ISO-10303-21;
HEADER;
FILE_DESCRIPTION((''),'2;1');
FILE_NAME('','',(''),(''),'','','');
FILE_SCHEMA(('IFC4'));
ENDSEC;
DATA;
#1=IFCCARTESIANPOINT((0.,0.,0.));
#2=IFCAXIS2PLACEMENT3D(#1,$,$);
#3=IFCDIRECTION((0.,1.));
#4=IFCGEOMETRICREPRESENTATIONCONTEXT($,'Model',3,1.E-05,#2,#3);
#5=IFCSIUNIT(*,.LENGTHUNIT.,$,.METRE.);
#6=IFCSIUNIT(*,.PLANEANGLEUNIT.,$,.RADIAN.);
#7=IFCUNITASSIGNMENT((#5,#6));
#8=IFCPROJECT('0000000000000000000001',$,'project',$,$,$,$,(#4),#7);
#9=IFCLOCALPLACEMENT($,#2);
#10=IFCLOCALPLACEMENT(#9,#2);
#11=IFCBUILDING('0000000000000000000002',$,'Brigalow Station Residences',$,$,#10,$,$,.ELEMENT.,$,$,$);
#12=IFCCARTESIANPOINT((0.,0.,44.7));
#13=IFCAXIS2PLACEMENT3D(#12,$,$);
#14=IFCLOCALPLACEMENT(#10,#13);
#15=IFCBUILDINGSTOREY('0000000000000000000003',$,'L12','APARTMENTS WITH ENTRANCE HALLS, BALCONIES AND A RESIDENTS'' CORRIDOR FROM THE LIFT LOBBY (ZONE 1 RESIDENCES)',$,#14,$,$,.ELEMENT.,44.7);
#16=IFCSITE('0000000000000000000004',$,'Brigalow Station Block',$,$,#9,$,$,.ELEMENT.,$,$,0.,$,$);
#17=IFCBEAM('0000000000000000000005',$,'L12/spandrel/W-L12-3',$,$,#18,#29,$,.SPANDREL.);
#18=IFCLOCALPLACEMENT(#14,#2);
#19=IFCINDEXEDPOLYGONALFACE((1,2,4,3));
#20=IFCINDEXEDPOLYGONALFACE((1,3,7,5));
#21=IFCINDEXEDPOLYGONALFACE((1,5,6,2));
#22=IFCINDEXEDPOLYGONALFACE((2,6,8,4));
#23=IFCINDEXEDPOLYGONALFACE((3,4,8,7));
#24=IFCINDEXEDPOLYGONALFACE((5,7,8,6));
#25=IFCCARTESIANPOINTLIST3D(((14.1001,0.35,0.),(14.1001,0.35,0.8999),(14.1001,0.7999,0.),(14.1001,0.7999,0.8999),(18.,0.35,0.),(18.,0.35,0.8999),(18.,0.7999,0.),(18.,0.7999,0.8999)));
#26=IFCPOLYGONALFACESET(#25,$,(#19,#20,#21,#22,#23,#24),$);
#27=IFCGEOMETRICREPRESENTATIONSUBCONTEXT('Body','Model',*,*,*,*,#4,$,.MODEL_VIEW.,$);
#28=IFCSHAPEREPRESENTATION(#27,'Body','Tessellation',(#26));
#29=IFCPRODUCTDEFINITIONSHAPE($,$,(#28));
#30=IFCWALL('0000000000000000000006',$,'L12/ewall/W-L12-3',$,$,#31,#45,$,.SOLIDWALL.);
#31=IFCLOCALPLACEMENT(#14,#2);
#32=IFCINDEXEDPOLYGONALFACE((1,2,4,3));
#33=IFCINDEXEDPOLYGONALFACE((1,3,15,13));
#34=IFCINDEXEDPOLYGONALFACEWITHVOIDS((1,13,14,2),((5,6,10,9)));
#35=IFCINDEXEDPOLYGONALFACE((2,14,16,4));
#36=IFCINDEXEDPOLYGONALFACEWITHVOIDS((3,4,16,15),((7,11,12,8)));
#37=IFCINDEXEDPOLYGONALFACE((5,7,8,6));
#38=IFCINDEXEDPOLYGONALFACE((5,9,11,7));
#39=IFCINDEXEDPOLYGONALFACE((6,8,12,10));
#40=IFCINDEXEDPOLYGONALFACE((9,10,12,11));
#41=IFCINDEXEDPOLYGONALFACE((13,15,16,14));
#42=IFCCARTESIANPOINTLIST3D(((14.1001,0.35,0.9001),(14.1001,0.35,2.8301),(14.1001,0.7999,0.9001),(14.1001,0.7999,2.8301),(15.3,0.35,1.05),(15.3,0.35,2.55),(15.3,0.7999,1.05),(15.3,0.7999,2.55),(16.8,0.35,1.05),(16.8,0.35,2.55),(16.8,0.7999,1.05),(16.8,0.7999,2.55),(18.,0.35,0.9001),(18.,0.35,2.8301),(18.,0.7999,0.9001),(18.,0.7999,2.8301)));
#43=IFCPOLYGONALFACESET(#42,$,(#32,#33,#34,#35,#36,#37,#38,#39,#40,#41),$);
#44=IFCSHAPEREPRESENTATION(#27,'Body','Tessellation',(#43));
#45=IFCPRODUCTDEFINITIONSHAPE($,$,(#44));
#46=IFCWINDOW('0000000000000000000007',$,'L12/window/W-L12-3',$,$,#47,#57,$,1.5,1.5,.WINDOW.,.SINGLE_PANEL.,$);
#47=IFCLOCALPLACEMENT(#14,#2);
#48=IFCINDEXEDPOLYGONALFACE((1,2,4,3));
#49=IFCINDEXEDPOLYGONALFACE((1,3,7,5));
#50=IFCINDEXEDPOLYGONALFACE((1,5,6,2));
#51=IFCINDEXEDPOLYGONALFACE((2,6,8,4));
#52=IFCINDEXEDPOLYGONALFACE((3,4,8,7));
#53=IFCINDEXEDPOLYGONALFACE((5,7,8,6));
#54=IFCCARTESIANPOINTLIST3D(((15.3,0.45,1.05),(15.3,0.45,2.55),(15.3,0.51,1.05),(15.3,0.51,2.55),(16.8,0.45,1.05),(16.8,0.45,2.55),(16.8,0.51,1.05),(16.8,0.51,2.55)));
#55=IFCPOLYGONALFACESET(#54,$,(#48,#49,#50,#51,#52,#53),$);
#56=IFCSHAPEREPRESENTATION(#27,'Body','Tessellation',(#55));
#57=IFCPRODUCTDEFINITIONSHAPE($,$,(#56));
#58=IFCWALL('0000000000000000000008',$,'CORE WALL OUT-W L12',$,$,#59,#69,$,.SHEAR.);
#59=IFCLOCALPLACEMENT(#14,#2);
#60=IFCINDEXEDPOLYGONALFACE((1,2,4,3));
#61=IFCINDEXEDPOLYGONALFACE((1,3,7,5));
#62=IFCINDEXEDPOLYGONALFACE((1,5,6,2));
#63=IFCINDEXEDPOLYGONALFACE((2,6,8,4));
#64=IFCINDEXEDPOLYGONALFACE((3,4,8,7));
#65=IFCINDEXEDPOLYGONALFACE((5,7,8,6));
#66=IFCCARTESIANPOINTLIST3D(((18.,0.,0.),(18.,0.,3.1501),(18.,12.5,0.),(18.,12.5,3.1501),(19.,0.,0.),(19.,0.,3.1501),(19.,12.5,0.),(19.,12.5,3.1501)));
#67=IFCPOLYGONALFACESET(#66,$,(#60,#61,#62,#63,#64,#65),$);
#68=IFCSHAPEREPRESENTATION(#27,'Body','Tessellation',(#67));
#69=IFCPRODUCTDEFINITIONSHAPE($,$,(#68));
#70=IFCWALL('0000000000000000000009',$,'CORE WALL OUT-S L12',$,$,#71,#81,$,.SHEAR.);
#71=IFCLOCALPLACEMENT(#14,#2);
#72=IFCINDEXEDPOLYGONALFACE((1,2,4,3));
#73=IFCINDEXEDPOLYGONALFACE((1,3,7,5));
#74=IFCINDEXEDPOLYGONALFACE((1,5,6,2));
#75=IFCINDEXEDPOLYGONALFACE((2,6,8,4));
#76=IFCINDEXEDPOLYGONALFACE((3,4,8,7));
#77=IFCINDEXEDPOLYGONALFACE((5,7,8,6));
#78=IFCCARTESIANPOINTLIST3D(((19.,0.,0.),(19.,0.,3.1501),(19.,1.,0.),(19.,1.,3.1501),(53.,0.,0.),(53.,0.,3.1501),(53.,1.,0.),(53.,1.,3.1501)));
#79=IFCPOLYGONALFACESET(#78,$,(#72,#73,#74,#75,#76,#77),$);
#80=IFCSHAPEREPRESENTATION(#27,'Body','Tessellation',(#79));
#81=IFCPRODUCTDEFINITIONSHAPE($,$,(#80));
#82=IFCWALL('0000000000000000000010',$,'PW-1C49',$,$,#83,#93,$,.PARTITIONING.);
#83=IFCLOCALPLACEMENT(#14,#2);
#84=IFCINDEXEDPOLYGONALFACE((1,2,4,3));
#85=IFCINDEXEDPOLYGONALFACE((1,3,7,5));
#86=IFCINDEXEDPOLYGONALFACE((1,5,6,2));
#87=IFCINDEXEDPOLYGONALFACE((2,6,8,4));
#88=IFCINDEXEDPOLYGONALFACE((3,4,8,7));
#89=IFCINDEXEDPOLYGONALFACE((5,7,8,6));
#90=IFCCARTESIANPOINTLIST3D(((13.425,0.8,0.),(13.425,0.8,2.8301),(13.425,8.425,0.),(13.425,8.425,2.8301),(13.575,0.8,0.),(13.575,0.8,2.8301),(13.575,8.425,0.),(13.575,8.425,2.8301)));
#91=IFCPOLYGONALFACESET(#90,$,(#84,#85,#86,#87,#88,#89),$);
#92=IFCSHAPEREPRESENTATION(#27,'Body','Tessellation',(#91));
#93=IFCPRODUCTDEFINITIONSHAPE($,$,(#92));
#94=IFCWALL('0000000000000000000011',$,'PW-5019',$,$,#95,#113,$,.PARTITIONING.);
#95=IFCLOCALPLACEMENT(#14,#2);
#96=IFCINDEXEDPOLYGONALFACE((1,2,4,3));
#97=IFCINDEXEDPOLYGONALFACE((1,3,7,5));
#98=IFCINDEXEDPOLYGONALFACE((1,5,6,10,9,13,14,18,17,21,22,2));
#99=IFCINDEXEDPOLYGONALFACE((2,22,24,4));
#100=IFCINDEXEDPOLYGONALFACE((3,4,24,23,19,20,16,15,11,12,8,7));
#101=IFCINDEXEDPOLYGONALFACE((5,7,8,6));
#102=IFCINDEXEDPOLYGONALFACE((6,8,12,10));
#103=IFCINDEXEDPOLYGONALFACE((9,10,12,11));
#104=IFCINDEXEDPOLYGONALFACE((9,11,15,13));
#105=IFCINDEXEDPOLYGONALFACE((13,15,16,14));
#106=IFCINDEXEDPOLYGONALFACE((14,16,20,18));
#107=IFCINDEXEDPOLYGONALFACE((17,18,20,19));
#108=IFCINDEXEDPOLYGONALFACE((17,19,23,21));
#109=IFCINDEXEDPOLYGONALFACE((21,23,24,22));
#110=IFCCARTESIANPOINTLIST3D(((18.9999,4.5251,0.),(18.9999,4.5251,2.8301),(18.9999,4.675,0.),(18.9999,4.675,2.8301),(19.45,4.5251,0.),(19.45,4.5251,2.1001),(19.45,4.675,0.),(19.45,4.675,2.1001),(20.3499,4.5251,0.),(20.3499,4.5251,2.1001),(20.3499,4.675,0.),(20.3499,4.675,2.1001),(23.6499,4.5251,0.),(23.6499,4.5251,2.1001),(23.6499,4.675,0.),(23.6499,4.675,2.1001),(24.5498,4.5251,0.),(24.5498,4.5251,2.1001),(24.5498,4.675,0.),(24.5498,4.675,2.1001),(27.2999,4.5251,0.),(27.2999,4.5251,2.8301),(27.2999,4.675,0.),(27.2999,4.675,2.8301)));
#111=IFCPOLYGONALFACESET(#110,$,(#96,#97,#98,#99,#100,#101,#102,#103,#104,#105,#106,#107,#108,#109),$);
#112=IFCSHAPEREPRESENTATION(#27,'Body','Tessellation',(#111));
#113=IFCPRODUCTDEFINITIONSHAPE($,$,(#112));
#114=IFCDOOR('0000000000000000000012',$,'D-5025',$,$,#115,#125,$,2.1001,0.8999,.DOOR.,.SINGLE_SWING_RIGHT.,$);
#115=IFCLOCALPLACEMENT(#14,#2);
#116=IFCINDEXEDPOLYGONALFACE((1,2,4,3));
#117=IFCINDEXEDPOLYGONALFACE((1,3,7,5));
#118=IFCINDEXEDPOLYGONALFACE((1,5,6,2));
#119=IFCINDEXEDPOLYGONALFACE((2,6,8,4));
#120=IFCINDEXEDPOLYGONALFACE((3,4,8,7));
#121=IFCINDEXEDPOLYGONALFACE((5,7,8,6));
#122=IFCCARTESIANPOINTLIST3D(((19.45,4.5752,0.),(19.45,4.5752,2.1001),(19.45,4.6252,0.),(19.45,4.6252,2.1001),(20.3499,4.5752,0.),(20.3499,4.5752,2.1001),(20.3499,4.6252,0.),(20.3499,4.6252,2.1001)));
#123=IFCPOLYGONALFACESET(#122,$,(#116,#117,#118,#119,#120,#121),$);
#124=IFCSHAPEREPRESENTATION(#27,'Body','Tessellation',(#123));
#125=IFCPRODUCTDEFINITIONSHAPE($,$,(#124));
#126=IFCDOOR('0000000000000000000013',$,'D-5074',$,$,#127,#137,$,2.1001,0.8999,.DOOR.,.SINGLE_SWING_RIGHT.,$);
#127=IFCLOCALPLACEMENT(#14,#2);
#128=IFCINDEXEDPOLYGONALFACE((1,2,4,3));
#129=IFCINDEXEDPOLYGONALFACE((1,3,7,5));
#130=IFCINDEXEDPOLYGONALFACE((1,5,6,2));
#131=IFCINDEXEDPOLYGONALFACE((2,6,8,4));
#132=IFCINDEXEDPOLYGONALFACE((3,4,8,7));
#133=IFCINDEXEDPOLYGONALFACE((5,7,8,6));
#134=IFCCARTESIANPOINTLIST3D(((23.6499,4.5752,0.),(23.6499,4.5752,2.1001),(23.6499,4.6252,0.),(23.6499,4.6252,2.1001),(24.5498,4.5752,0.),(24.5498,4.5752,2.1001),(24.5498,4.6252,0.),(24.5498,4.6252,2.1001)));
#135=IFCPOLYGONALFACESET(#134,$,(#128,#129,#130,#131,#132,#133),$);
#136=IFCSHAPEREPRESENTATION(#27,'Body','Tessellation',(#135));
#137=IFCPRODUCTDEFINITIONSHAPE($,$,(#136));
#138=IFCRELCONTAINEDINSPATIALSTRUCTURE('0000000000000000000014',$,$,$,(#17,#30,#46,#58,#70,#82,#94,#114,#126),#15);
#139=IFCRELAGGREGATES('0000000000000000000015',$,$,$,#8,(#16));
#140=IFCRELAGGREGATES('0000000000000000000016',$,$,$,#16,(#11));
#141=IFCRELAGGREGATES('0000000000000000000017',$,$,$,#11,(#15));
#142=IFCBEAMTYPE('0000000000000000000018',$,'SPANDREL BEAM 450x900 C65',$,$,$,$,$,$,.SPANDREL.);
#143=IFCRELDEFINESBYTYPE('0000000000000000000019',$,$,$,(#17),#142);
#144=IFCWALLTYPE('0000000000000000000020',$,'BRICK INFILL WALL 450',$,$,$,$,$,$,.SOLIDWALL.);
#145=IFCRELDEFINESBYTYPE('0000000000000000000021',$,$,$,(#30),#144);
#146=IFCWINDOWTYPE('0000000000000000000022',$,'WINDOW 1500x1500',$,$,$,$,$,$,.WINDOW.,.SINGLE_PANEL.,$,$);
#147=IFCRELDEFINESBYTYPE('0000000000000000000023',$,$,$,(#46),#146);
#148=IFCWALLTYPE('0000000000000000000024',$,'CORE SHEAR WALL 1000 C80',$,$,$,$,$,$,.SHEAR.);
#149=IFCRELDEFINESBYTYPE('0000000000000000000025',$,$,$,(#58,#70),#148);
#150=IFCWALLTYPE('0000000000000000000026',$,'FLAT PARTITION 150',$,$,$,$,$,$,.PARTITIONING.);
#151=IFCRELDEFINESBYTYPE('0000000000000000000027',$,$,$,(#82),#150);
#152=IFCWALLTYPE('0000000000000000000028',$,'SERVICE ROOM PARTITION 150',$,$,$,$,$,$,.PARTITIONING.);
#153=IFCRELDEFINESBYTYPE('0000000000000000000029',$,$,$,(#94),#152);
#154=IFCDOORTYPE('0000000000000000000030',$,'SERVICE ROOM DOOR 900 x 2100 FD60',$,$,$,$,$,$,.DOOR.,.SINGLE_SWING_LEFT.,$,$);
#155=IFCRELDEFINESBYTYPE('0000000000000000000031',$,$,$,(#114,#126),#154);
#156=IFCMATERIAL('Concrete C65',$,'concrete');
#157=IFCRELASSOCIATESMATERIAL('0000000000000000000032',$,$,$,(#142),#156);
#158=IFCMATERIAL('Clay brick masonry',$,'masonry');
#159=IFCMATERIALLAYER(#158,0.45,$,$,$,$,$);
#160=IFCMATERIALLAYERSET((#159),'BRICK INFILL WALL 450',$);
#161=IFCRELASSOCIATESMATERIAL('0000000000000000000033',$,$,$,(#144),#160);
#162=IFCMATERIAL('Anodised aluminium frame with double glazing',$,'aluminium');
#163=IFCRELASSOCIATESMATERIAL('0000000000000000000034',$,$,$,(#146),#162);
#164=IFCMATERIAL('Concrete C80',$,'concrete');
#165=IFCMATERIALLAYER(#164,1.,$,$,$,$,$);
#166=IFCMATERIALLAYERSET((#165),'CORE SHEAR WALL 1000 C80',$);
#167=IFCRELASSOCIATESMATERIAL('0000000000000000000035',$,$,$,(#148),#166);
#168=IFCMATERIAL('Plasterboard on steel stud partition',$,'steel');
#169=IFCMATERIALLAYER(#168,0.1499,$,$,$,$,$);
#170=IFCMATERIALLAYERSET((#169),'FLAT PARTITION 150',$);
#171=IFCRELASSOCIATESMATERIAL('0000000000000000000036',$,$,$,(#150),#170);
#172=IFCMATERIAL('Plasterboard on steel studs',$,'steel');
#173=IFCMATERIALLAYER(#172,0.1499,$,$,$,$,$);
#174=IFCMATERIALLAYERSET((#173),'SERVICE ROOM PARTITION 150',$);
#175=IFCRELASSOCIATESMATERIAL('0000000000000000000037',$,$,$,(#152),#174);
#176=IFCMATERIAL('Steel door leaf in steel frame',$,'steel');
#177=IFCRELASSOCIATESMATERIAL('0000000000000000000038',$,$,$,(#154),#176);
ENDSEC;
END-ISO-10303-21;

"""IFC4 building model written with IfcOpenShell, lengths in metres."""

from ifc_helpers import new_model, si_unit, direction, frame, frame_2d, origin, origin_2d, place, context, subcontext, project, spatial, rectangle, extrude, material, layer, layer_set, material_profile, profile_set, type_object, element, fill, save


model = new_model("IFC4")

# Units and contexts
model_context = context("Model", 3, precision=1e-05, world=origin(), true_north=direction((0.0, 1.0)))
body_context = subcontext(model_context, "Body", "Model", "MODEL_VIEW")
ifc_project = project(units=[si_unit("LENGTHUNIT", "METRE"), si_unit("PLANEANGLEUNIT", "RADIAN")], contexts=[model_context])

# Site, building, storey
site_placement = place(None, origin())
site = spatial("IfcSite", under=ifc_project, at=site_placement, Name="Brigalow Station Block", CompositionType="ELEMENT", RefElevation=0.0)
building_placement = place(site_placement, origin())
building = spatial("IfcBuilding", under=site, at=building_placement, Name="Brigalow Station Residences", CompositionType="ELEMENT")
storey_placement = place(building_placement, frame((0.0, 0.0, 44.7)))
storey = spatial("IfcBuildingStorey", under=building, at=storey_placement, Name="L12", Description="APARTMENTS WITH ENTRANCE HALLS, BALCONIES AND A RESIDENTS' CORRIDOR FROM THE LIFT LOBBY (ZONE 1 RESIDENCES)", CompositionType="ELEMENT", Elevation=44.7)

# Beam
ifc_material_1 = material(Name="Concrete C65", Category="concrete")
ifc_material_profile = material_profile(ifc_material_1, rectangle(XDim=0.45, YDim=0.8999, at=origin_2d()), Name="RC450x900")
ifc_profile_set = profile_set([ifc_material_profile], Name="Concrete C65")
beam_type = type_object("IfcBeamType", Name="SPANDREL BEAM 450x900 C65", PredefinedType="SPANDREL", material=ifc_profile_set)
beam_placement = place(storey_placement, frame((14.1001, 0.575, 0.45), z_axis=(1.0, 0.0, 0.0), x_axis=(0.0, 1.0, 0.0)))
element("IfcBeam", 1, at=beam_placement, inside=storey, type_object=beam_type, Name="L12/spandrel/W-L12-3", PredefinedType="SPANDREL", context=body_context, shape_type="SweptSolid", body=[
    extrude(rectangle(XDim=0.45, YDim=0.8999, at=origin_2d()), origin(), (0.0, 0.0, 1.0), 3.8999),
])

# Wall, opening, window
ifc_material_2 = material(Name="Clay brick masonry", Category="masonry")
ifc_layer_1 = layer(ifc_material_2, 0.45)
ifc_layer_set_1 = layer_set([ifc_layer_1], Name="BRICK INFILL WALL 450")
wall_type_1 = type_object("IfcWallType", Name="BRICK INFILL WALL 450", PredefinedType="SOLIDWALL", material=ifc_layer_set_1)
wall_1_placement = place(storey_placement, frame((14.1001, 0.575, 0.9001), z_axis=(0.0, 0.0, 1.0), x_axis=(1.0, 0.0, 0.0)))
wall_1 = element("IfcWall", 2, at=wall_1_placement, inside=storey, type_object=wall_type_1, Name="L12/ewall/W-L12-3", PredefinedType="SOLIDWALL", context=body_context, shape_type="SweptSolid", body=[
    extrude(rectangle(XDim=3.8999, YDim=0.45, at=frame_2d((1.95, 0.0))), origin(), (0.0, 0.0, 1.0), 1.9299),
])
opening_1_placement = place(wall_1_placement, frame((1.2, 0.0, 0.1499)))
opening_1 = element("IfcOpeningElement", 3, at=opening_1_placement, cuts=wall_1, PredefinedType="OPENING", context=body_context, shape_type="SweptSolid", body=[
    extrude(rectangle(XDim=1.5, YDim=1.5, at=frame_2d((0.75, 0.75))), frame((0.0, 0.2349, 0.0), z_axis=(0.0, -1.0, 0.0), x_axis=(1.0, 0.0, 0.0)), (0.0, 0.0, 1.0), 0.47),
])
ifc_material_3 = material(Name="Anodised aluminium frame with double glazing", Category="aluminium")
window_type = type_object("IfcWindowType", Name="WINDOW 1500x1500", PartitioningType="SINGLE_PANEL", PredefinedType="WINDOW", material=ifc_material_3)
window_placement = place(opening_1_placement, origin())
window = element("IfcWindow", 4, at=window_placement, inside=storey, type_object=window_type, Name="L12/window/W-L12-3", OverallHeight=1.5, OverallWidth=1.5, PartitioningType="SINGLE_PANEL", PredefinedType="WINDOW", context=body_context, shape_type="SweptSolid", body=[
    extrude(rectangle(XDim=1.5, YDim=1.5, at=frame_2d((0.75, 0.75))), frame((0.0, -0.0649, 0.0), z_axis=(0.0, -1.0, 0.0), x_axis=(1.0, 0.0, 0.0)), (0.0, 0.0, 1.0), 0.0601),
])
fill(opening_1, window)

# Walls
ifc_material_4 = material(Name="Concrete C80", Category="concrete")
ifc_layer_2 = layer(ifc_material_4, 1.0)
ifc_layer_set_2 = layer_set([ifc_layer_2], Name="CORE SHEAR WALL 1000 C80")
wall_type_2 = type_object("IfcWallType", Name="CORE SHEAR WALL 1000 C80", PredefinedType="SHEAR", material=ifc_layer_set_2)
wall_2_placement = place(storey_placement, frame((18.5, 0.0, 0.0), z_axis=(0.0, 0.0, 1.0), x_axis=(0.0, 1.0, 0.0)))
element("IfcWall", 5, at=wall_2_placement, inside=storey, type_object=wall_type_2, Name="CORE WALL OUT-W L12", PredefinedType="SHEAR", context=body_context, shape_type="SweptSolid", body=[
    extrude(rectangle(XDim=12.5, YDim=1.0, at=frame_2d((6.25, 0.0))), origin(), (0.0, 0.0, 1.0), 3.1501),
])
wall_3_placement = place(storey_placement, frame((19.0, 0.5, 0.0), z_axis=(0.0, 0.0, 1.0), x_axis=(1.0, 0.0, 0.0)))
element("IfcWall", 6, at=wall_3_placement, inside=storey, type_object=wall_type_2, Name="CORE WALL OUT-S L12", PredefinedType="SHEAR", context=body_context, shape_type="SweptSolid", body=[
    extrude(rectangle(XDim=34.0, YDim=1.0, at=frame_2d((17.0, 0.0))), origin(), (0.0, 0.0, 1.0), 3.1501),
])
ifc_material_5 = material(Name="Plasterboard on steel stud partition", Category="steel")
ifc_layer_3 = layer(ifc_material_5, 0.1499)
ifc_layer_set_3 = layer_set([ifc_layer_3], Name="FLAT PARTITION 150")
wall_type_3 = type_object("IfcWallType", Name="FLAT PARTITION 150", PredefinedType="PARTITIONING", material=ifc_layer_set_3)
wall_4_placement = place(storey_placement, frame((13.5, 0.8, 0.0), z_axis=(0.0, 0.0, 1.0), x_axis=(0.0, 1.0, 0.0)))
element("IfcWall", 7, at=wall_4_placement, inside=storey, type_object=wall_type_3, Name="PW-1C49", PredefinedType="PARTITIONING", context=body_context, shape_type="SweptSolid", body=[
    extrude(rectangle(XDim=7.625, YDim=0.1499, at=frame_2d((3.8125, 0.0))), origin(), (0.0, 0.0, 1.0), 2.8301),
])

# Wall, openings, doors
ifc_material_6 = material(Name="Plasterboard on steel studs", Category="steel")
ifc_layer_4 = layer(ifc_material_6, 0.1499)
ifc_layer_set_4 = layer_set([ifc_layer_4], Name="SERVICE ROOM PARTITION 150")
wall_type_4 = type_object("IfcWallType", Name="SERVICE ROOM PARTITION 150", PredefinedType="PARTITIONING", material=ifc_layer_set_4)
wall_5_placement = place(storey_placement, frame((19.0, 4.6001, 0.0), z_axis=(0.0, 0.0, 1.0), x_axis=(1.0, 0.0, 0.0)))
wall_5 = element("IfcWall", 8, at=wall_5_placement, inside=storey, type_object=wall_type_4, Name="PW-5019", PredefinedType="PARTITIONING", context=body_context, shape_type="SweptSolid", body=[
    extrude(rectangle(XDim=8.3, YDim=0.1499, at=frame_2d((4.1499, 0.0))), origin(), (0.0, 0.0, 1.0), 2.8301),
])
opening_2_placement = place(wall_5_placement, frame((0.45, 0.0, 0.0)))
opening_2 = element("IfcOpeningElement", 9, at=opening_2_placement, cuts=wall_5, PredefinedType="OPENING", context=body_context, shape_type="SweptSolid", body=[
    extrude(rectangle(XDim=0.8999, YDim=2.1001, at=frame_2d((0.45, 1.05))), frame((0.0, 0.085, 0.0), z_axis=(0.0, -1.0, 0.0), x_axis=(1.0, 0.0, 0.0)), (0.0, 0.0, 1.0), 0.1699),
])
opening_3_placement = place(wall_5_placement, frame((4.6499, 0.0, 0.0)))
opening_3 = element("IfcOpeningElement", 10, at=opening_3_placement, cuts=wall_5, PredefinedType="OPENING", context=body_context, shape_type="SweptSolid", body=[
    extrude(rectangle(XDim=0.8999, YDim=2.1001, at=frame_2d((0.45, 1.05))), frame((0.0, 0.085, 0.0), z_axis=(0.0, -1.0, 0.0), x_axis=(1.0, 0.0, 0.0)), (0.0, 0.0, 1.0), 0.1699),
])
ifc_material_7 = material(Name="Steel door leaf in steel frame", Category="steel")
door_type = type_object("IfcDoorType", Name="SERVICE ROOM DOOR 900 x 2100 FD60", OperationType="SINGLE_SWING_LEFT", PredefinedType="DOOR", material=ifc_material_7)
door_1_placement = place(opening_2_placement, frame((0.8999, 0.0, 0.0), z_axis=(0.0, 0.0, 1.0), x_axis=(-1.0, 0.0, 0.0)))
door_1 = element("IfcDoor", 11, at=door_1_placement, inside=storey, type_object=door_type, Name="D-5025", OperationType="SINGLE_SWING_RIGHT", OverallHeight=2.1001, OverallWidth=0.8999, PredefinedType="DOOR", context=body_context, shape_type="SweptSolid", body=[
    extrude(rectangle(XDim=0.8999, YDim=2.1001, at=frame_2d((0.45, 1.05))), frame((0.0, 0.0249, 0.0), z_axis=(0.0, -1.0, 0.0), x_axis=(1.0, 0.0, 0.0)), (0.0, 0.0, 1.0), 0.05),
])
fill(opening_2, door_1)
door_2_placement = place(opening_3_placement, frame((0.8999, 0.0, 0.0), z_axis=(0.0, 0.0, 1.0), x_axis=(-1.0, 0.0, 0.0)))
door_2 = element("IfcDoor", 12, at=door_2_placement, inside=storey, type_object=door_type, Name="D-5074", OperationType="SINGLE_SWING_RIGHT", OverallHeight=2.1001, OverallWidth=0.8999, PredefinedType="DOOR", context=body_context, shape_type="SweptSolid", body=[
    extrude(rectangle(XDim=0.8999, YDim=2.1001, at=frame_2d((0.45, 1.05))), frame((0.0, 0.0249, 0.0), z_axis=(0.0, -1.0, 0.0), x_axis=(1.0, 0.0, 0.0)), (0.0, 0.0, 1.0), 0.05),
])
fill(opening_3, door_2)

save(model, "model.ifc")
